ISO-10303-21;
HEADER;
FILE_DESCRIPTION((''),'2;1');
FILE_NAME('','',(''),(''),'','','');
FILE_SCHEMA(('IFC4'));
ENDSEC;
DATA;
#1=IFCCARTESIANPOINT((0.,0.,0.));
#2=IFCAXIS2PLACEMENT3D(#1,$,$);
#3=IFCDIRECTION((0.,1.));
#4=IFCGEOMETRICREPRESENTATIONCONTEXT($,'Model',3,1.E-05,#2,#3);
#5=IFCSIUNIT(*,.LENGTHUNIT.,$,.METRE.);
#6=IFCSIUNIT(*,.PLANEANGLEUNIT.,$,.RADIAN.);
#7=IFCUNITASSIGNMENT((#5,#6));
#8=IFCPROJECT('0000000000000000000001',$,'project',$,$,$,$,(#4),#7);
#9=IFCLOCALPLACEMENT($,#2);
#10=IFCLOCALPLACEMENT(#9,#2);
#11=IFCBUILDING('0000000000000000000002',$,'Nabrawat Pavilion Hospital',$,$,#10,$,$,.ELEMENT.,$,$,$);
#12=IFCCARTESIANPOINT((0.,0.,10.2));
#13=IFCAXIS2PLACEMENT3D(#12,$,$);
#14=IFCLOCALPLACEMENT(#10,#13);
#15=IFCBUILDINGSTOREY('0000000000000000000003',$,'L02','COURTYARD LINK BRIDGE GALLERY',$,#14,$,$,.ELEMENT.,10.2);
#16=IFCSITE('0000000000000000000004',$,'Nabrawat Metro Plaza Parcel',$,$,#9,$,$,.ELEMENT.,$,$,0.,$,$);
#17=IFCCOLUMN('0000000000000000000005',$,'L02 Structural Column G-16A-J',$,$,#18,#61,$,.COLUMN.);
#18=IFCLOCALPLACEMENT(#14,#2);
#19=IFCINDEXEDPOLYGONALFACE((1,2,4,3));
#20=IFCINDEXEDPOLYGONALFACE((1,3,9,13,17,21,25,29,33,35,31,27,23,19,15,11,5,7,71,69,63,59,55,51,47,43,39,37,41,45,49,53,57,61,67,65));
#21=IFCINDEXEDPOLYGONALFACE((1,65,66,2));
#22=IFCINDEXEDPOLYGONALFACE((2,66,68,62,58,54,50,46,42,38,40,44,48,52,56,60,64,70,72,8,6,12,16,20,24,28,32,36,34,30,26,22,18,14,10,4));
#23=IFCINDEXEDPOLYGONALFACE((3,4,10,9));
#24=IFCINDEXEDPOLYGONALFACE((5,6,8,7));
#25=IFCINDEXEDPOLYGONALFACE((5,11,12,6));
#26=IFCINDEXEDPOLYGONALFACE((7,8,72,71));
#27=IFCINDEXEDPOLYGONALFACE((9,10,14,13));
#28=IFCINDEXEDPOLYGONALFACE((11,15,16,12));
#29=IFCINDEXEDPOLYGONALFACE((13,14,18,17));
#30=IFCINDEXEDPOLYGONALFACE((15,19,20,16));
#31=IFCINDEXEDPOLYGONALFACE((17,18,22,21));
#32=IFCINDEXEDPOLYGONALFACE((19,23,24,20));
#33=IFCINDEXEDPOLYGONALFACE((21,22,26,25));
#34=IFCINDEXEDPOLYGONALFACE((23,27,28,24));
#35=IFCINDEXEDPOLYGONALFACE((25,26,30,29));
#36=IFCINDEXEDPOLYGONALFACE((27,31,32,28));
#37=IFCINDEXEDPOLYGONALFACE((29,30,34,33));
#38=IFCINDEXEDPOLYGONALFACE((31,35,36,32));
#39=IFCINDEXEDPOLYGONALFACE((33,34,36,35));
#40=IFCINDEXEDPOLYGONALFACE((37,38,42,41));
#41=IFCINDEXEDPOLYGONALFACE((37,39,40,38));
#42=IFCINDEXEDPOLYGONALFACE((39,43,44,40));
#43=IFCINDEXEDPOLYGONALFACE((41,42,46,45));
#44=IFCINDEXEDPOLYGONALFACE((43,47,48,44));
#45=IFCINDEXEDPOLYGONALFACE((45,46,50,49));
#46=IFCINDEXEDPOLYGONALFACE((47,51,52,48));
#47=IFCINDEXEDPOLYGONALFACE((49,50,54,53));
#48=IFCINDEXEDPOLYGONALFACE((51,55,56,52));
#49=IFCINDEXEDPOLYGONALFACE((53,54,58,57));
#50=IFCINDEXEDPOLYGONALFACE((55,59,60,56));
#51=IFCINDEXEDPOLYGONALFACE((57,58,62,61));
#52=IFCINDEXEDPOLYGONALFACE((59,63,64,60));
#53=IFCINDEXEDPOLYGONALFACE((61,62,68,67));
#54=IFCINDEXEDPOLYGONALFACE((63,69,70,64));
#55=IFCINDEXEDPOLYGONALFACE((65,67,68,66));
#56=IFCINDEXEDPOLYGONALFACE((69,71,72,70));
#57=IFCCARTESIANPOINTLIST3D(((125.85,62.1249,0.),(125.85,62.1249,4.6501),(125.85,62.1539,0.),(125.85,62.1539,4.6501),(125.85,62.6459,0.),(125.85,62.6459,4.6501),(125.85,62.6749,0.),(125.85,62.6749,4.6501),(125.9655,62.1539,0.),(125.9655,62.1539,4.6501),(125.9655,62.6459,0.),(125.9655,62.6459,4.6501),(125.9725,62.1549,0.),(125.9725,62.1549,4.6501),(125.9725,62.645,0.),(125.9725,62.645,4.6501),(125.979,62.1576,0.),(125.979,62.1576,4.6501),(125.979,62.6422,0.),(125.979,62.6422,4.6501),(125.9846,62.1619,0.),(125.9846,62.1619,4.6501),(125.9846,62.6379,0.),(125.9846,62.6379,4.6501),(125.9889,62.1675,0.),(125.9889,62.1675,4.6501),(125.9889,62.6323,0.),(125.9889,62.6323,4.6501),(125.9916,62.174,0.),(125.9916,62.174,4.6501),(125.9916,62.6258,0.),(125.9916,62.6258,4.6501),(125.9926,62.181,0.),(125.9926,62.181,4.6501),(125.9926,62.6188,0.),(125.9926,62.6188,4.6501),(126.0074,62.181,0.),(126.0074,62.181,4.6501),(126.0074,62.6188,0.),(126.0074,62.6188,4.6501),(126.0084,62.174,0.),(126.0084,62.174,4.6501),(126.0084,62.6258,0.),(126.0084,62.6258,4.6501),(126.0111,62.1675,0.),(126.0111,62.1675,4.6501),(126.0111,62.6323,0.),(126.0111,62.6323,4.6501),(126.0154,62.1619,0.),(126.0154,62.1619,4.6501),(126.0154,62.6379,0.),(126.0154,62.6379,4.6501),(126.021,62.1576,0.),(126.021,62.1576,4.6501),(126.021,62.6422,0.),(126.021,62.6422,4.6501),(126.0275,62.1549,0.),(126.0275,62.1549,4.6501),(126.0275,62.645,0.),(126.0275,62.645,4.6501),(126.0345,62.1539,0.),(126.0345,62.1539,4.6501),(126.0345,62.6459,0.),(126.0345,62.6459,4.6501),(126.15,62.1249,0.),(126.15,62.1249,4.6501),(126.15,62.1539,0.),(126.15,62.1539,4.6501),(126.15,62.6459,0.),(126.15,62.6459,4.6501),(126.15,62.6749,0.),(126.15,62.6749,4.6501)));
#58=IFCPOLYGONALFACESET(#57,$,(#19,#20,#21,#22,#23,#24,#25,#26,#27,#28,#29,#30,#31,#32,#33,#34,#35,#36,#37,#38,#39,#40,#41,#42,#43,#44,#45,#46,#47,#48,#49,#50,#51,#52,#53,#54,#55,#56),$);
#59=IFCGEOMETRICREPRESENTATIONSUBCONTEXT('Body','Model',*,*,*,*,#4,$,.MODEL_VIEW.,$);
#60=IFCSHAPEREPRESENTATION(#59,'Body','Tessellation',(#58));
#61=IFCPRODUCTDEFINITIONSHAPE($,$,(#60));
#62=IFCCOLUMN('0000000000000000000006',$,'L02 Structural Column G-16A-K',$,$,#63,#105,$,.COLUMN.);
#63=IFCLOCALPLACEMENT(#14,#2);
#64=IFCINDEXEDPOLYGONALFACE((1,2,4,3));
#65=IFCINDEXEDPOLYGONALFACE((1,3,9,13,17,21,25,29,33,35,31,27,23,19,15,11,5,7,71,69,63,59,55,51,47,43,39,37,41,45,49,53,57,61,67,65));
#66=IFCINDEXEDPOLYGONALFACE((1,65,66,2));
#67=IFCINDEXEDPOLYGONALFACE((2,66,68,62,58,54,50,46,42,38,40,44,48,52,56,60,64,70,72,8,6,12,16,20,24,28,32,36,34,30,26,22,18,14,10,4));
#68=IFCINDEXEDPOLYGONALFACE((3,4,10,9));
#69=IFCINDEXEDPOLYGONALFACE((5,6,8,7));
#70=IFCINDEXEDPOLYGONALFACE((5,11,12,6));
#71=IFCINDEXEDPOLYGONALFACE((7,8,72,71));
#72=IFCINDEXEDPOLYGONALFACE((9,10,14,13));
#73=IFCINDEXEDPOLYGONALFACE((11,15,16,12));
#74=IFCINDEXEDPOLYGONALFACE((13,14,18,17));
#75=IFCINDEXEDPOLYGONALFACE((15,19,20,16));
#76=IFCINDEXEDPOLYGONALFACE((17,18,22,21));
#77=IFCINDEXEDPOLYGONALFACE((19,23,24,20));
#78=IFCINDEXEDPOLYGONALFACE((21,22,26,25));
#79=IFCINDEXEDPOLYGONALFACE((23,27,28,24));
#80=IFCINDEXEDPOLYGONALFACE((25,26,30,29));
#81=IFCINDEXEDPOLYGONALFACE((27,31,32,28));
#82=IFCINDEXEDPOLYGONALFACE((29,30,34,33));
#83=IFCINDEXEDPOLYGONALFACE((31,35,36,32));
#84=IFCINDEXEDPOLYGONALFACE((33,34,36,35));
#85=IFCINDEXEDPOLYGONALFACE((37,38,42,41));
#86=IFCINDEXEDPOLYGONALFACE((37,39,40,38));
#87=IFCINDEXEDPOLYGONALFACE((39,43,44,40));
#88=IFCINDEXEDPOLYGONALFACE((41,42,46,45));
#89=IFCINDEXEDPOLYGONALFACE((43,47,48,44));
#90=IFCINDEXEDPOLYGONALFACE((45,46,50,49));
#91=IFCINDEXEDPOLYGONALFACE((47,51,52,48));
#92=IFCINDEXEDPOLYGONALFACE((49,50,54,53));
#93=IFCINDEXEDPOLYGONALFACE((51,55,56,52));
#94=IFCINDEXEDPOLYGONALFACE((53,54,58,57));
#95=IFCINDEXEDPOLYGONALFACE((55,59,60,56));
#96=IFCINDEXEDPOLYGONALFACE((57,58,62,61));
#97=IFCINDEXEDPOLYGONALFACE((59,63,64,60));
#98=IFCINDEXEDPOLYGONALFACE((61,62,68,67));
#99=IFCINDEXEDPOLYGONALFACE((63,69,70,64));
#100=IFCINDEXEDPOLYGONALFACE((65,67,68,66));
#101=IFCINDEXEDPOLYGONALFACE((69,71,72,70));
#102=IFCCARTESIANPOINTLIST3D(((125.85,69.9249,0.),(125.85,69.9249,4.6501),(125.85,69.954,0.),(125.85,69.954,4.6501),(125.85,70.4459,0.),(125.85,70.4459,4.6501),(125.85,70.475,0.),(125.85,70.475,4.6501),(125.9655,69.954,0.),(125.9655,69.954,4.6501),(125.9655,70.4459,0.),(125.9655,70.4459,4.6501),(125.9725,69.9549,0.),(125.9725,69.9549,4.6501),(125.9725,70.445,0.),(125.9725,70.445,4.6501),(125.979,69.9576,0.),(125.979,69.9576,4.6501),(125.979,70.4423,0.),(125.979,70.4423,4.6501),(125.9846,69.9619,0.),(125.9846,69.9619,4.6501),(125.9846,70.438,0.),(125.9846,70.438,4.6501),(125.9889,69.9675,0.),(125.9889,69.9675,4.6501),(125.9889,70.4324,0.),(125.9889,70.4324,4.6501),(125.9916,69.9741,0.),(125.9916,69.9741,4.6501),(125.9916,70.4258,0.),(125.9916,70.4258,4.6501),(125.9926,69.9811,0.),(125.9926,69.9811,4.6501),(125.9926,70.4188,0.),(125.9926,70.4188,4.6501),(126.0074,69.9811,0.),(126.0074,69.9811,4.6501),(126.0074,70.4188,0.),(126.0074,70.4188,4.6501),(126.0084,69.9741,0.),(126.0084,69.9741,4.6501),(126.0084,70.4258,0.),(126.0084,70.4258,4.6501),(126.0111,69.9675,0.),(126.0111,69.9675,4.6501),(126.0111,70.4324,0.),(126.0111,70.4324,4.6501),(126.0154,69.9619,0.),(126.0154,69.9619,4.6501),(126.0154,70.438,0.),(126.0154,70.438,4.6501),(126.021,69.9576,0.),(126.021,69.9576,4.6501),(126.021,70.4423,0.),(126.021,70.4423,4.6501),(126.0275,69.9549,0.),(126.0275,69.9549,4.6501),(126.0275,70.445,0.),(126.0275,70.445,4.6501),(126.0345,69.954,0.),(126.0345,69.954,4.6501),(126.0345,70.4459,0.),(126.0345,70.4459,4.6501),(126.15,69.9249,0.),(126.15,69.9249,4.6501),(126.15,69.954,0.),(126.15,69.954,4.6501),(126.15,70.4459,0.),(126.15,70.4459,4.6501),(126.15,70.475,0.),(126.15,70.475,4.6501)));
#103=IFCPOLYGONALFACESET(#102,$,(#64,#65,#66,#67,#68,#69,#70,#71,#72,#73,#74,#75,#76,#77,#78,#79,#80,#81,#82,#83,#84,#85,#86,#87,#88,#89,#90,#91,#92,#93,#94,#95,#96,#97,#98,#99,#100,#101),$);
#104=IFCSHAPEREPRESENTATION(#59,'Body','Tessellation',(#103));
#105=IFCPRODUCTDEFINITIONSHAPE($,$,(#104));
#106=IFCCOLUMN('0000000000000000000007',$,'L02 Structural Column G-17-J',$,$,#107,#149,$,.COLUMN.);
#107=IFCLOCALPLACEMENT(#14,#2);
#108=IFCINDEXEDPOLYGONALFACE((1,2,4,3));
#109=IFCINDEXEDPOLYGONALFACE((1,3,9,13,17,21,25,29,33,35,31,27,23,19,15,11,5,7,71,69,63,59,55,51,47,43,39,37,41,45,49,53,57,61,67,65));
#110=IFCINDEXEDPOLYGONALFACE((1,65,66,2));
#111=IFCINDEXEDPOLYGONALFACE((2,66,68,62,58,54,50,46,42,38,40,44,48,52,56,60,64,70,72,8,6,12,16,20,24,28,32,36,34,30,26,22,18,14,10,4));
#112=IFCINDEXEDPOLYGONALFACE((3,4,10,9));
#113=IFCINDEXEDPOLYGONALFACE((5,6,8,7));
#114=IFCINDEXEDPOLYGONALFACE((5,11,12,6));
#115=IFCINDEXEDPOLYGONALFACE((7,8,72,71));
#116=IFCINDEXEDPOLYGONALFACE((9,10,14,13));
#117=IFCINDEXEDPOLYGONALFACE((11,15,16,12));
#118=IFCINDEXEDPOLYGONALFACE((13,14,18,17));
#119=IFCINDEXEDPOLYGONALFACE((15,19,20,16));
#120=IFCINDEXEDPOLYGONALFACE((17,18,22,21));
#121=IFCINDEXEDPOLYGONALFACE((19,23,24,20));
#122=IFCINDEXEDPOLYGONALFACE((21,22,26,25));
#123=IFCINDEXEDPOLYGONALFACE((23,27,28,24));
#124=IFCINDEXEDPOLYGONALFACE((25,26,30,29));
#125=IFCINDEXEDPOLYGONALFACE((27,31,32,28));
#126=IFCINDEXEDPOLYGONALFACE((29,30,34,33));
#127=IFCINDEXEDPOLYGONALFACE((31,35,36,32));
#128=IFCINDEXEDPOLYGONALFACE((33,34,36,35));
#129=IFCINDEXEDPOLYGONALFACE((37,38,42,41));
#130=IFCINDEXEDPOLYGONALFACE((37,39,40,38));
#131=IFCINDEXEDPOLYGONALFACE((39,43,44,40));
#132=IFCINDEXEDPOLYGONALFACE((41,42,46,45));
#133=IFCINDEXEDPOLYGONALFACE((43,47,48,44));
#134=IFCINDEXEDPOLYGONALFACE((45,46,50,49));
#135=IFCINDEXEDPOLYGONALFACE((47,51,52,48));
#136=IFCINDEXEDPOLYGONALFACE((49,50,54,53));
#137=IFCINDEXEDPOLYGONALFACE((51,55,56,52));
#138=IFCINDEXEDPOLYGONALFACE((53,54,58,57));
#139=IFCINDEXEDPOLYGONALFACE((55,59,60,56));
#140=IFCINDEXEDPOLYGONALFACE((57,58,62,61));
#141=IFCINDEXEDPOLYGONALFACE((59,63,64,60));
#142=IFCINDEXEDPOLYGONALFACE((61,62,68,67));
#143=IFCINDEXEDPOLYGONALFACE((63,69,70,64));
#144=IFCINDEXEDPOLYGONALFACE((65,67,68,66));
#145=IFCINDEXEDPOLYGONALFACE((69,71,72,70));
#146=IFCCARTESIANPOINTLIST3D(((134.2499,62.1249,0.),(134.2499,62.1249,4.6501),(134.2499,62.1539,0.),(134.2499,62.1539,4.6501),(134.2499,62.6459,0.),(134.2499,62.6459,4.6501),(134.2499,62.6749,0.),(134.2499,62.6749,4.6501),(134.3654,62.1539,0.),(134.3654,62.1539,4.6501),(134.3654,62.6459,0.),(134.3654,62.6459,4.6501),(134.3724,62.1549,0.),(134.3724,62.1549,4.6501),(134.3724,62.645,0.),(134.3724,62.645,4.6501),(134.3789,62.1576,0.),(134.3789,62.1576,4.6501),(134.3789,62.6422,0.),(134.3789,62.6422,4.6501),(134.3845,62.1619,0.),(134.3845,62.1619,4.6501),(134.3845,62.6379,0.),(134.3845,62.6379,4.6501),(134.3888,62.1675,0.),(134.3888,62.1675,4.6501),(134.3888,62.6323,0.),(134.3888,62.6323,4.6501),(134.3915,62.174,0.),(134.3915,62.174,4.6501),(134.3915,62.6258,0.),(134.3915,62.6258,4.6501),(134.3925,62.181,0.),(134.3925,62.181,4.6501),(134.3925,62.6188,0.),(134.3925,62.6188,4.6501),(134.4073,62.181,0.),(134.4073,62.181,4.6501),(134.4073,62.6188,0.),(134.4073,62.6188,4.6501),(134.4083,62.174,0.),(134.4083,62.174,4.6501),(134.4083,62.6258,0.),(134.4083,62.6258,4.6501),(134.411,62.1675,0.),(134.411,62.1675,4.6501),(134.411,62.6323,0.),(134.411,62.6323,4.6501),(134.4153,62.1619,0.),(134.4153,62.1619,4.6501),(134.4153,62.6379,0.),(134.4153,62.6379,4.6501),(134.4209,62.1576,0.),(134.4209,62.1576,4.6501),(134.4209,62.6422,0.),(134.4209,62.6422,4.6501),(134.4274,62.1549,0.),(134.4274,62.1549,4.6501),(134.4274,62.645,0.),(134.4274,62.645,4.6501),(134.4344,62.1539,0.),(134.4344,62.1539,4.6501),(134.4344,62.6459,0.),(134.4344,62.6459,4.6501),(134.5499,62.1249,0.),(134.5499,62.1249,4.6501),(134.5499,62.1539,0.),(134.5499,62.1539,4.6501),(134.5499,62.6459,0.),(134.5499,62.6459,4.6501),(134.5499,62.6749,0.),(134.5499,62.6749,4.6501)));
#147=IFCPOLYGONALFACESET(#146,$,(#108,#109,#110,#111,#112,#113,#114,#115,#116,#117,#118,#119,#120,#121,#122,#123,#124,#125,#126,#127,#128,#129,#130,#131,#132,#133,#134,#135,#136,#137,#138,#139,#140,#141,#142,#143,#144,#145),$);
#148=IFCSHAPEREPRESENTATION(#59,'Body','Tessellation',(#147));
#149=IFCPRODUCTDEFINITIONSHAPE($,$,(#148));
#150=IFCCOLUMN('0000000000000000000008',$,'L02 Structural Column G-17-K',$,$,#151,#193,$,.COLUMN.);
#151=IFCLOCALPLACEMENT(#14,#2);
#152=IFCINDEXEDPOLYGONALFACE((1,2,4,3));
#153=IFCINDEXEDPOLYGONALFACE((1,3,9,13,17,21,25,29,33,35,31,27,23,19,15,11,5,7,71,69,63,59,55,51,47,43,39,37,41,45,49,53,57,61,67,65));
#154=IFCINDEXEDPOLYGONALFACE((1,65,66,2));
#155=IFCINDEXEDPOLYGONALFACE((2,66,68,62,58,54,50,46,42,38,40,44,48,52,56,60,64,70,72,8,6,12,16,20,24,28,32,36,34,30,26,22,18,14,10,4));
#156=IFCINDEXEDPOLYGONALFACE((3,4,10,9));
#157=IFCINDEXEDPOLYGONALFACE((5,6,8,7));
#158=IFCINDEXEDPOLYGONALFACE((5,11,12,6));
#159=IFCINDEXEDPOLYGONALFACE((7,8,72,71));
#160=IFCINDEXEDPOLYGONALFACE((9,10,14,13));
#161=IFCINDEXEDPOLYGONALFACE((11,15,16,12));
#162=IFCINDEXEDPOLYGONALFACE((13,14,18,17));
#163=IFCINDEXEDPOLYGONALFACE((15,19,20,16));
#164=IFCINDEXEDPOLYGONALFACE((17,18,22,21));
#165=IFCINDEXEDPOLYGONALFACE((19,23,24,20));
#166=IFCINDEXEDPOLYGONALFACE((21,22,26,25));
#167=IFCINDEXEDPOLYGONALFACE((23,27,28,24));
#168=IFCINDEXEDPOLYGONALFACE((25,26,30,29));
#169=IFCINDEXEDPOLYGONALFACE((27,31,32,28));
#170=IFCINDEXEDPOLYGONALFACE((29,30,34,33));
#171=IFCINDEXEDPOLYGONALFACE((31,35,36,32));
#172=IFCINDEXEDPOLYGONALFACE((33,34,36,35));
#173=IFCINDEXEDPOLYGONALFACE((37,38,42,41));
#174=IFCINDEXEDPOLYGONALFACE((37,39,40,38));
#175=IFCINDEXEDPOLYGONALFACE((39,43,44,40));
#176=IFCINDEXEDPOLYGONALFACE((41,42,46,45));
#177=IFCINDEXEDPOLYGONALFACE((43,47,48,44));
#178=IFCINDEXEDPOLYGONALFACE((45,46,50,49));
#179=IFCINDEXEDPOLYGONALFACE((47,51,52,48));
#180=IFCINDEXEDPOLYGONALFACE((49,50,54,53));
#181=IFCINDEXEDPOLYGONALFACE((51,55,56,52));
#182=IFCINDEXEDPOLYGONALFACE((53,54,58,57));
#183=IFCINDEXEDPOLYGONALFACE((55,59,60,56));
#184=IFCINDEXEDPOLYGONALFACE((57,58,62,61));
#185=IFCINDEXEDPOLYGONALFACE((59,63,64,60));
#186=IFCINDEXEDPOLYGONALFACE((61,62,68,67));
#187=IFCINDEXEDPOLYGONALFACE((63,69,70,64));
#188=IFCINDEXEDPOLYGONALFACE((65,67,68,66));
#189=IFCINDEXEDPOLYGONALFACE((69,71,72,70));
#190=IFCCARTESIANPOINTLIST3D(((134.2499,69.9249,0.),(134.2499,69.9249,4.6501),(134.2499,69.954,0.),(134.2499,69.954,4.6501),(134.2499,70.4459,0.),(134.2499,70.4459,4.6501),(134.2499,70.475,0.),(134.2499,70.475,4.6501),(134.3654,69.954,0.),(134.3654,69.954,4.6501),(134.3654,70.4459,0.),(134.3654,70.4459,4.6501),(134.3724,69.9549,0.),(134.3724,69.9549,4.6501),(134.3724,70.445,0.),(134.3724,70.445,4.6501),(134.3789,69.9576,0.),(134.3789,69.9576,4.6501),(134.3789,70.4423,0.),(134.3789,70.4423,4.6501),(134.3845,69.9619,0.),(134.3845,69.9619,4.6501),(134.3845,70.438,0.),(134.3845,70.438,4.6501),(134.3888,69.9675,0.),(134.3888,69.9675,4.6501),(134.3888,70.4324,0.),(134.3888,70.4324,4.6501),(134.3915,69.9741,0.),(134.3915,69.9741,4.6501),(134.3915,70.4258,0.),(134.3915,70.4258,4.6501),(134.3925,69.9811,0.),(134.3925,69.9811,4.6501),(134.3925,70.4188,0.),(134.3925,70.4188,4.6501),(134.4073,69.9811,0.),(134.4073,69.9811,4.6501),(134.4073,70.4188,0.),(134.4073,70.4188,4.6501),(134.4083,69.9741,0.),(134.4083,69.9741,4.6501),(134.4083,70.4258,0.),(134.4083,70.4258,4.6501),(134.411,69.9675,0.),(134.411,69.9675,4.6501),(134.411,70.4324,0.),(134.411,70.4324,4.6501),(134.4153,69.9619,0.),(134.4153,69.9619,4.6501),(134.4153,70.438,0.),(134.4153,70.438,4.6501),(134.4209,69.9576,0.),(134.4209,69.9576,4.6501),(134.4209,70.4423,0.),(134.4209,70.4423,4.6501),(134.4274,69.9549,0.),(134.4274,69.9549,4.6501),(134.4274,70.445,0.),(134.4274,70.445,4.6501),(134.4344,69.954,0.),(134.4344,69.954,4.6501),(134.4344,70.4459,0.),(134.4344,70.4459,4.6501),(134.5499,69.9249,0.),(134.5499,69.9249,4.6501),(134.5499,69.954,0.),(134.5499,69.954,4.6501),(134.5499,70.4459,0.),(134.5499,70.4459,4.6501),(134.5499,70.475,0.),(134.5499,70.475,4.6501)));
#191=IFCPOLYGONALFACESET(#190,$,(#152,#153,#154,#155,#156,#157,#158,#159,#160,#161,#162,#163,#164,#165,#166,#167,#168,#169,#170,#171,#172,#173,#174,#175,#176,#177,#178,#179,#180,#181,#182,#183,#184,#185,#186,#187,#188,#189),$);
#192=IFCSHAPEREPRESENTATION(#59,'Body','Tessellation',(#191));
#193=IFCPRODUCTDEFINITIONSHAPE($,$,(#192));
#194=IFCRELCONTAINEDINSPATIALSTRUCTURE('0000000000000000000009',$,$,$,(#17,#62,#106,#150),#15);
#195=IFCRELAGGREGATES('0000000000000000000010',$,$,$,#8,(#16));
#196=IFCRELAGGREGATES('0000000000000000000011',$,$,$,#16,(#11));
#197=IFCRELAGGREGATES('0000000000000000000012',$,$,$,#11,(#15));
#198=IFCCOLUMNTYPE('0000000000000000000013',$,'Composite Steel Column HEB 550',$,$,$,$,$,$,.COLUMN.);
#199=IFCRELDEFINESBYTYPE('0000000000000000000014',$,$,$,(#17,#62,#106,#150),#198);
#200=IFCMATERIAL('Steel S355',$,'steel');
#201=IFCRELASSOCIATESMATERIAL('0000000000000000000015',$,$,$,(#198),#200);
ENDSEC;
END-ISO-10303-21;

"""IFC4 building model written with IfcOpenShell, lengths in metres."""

from ifc_helpers import new_model, si_unit, direction, frame, origin, origin_2d, place, context, subcontext, project, spatial, i_section, extrude, material, material_profile, profile_set, type_object, element, save


model = new_model("IFC4")

# Units and contexts
model_context = context("Model", 3, precision=1e-05, world=origin(), true_north=direction((0.0, 1.0)))
body_context = subcontext(model_context, "Body", "Model", "MODEL_VIEW")
ifc_project = project(units=[si_unit("LENGTHUNIT", "METRE"), si_unit("PLANEANGLEUNIT", "RADIAN")], contexts=[model_context])

# Site, building, storey
site_placement = place(None, origin())
site = spatial("IfcSite", under=ifc_project, at=site_placement, Name="Nabrawat Metro Plaza Parcel", CompositionType="ELEMENT", RefElevation=0.0)
building_placement = place(site_placement, origin())
building = spatial("IfcBuilding", under=site, at=building_placement, Name="Nabrawat Pavilion Hospital", CompositionType="ELEMENT")
storey_placement = place(building_placement, frame((0.0, 0.0, 10.2)))
storey = spatial("IfcBuildingStorey", under=building, at=storey_placement, Name="L02", Description="COURTYARD LINK BRIDGE GALLERY", CompositionType="ELEMENT", Elevation=10.2)

# Columns
ifc_material_1 = material(Name="Steel S355", Category="steel")
ifc_material_profile_1 = material_profile(ifc_material_1, i_section(OverallWidth=0.3, OverallDepth=0.55, WebThickness=0.0149, FlangeThickness=0.0291, FilletRadius=0.0271, at=origin_2d()), Name="HEB 550")
ifc_profile_set_1 = profile_set([ifc_material_profile_1], Name="Steel S355")
column_type = type_object("IfcColumnType", Name="Composite Steel Column HEB 550", PredefinedType="COLUMN", material=ifc_profile_set_1)
for number, where, z_axis, x_axis, name in (
    (1, (126.0, 62.3999, 0.0), (0.0, 0.0, 1.0), (1.0, 0.0, 0.0), "L02 Structural Column G-16A-J"),
    (2, (126.0, 70.2, 0.0), (0.0, 0.0, 1.0), (1.0, 0.0, 0.0), "L02 Structural Column G-16A-K"),
    (3, (134.3999, 62.3999, 0.0), (0.0, 0.0, 1.0), (1.0, 0.0, 0.0), "L02 Structural Column G-17-J"),
    (4, (134.3999, 70.2, 0.0), (0.0, 0.0, 1.0), (1.0, 0.0, 0.0), "L02 Structural Column G-17-K"),
):
    element("IfcColumn", number, at=place(storey_placement, frame(where, z_axis=z_axis, x_axis=x_axis)), inside=storey, type_object=column_type, Name=name, PredefinedType="COLUMN", context=body_context, shape_type="SweptSolid", body=[
        extrude(i_section(OverallWidth=0.3, OverallDepth=0.55, WebThickness=0.0149, FlangeThickness=0.0291, FilletRadius=0.0271, at=origin_2d()), origin(), (0.0, 0.0, 1.0), 4.6501),
    ])

save(model, "model.ifc")
